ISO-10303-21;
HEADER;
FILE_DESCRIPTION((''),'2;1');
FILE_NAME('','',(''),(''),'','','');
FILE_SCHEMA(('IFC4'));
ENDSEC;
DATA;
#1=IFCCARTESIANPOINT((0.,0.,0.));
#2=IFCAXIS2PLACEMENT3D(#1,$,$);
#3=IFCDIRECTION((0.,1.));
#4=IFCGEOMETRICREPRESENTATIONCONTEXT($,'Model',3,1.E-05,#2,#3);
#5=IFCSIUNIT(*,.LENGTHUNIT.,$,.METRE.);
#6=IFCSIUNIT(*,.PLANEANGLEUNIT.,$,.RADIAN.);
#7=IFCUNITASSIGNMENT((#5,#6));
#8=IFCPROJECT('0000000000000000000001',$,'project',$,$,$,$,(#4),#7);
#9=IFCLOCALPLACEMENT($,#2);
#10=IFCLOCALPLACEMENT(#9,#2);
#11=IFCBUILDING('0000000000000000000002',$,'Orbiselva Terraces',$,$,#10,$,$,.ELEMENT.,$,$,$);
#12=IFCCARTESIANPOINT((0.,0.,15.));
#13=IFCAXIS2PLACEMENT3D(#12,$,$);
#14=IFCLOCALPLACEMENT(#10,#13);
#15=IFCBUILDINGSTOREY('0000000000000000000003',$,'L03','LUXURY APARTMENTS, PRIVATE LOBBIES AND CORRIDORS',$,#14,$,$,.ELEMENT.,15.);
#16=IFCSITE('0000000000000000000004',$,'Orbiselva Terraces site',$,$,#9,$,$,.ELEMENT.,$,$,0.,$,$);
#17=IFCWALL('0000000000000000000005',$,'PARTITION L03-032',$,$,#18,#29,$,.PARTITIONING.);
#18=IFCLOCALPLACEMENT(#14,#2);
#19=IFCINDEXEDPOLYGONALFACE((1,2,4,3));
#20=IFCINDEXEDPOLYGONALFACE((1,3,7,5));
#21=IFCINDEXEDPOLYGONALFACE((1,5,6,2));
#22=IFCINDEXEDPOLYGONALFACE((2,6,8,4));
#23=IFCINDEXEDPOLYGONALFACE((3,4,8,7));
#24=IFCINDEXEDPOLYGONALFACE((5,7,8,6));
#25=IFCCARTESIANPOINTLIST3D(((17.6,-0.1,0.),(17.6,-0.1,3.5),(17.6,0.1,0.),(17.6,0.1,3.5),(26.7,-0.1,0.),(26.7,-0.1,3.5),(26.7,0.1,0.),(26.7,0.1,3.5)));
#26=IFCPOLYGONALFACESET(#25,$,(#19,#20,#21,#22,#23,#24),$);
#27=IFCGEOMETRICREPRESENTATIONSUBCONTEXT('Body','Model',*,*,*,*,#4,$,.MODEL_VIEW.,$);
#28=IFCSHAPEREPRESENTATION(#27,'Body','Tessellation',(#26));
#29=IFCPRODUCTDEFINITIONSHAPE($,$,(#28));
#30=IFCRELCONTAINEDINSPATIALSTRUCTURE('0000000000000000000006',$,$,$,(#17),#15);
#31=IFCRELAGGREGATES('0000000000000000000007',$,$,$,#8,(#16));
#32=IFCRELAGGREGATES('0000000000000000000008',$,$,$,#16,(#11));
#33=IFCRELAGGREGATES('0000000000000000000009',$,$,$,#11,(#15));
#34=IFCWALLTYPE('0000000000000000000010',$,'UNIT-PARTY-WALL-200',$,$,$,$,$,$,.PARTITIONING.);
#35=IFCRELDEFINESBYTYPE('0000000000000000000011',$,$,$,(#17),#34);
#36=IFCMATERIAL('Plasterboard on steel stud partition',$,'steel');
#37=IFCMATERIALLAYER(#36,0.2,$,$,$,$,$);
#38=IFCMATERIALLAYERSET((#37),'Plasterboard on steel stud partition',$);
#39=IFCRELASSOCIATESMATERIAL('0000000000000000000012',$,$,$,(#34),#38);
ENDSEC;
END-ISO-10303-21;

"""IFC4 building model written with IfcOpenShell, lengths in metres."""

from ifc_helpers import new_model, si_unit, direction, frame, frame_2d, origin, place, context, subcontext, project, spatial, rectangle, extrude, material, layer, layer_set, type_object, element, save


model = new_model("IFC4")

# Units and contexts
model_context = context("Model", 3, precision=1e-05, world=origin(), true_north=direction((0.0, 1.0)))
body_context = subcontext(model_context, "Body", "Model", "MODEL_VIEW")
ifc_project = project(units=[si_unit("LENGTHUNIT", "METRE"), si_unit("PLANEANGLEUNIT", "RADIAN")], contexts=[model_context])

# Site, building, storey
site_placement = place(None, origin())
site = spatial("IfcSite", under=ifc_project, at=site_placement, Name="Orbiselva Terraces site", CompositionType="ELEMENT", RefElevation=0.0)
building_placement = place(site_placement, origin())
building = spatial("IfcBuilding", under=site, at=building_placement, Name="Orbiselva Terraces", CompositionType="ELEMENT")
storey_placement = place(building_placement, frame((0.0, 0.0, 15.0)))
storey = spatial("IfcBuildingStorey", under=building, at=storey_placement, Name="L03", Description="LUXURY APARTMENTS, PRIVATE LOBBIES AND CORRIDORS", CompositionType="ELEMENT", Elevation=15.0)

# Shared definitions
ifc_material_1 = material(Name="Plasterboard on steel stud partition", Category="steel")

# Wall
ifc_layer_1 = layer(ifc_material_1, 0.2)
ifc_layer_set_1 = layer_set([ifc_layer_1], Name="Plasterboard on steel stud partition")
wall_type_1 = type_object("IfcWallType", Name="UNIT-PARTY-WALL-200", PredefinedType="PARTITIONING", material=ifc_layer_set_1)
wall_1_placement = place(storey_placement, frame((17.6, 0.0, 0.0), z_axis=(0.0, 0.0, 1.0), x_axis=(1.0, 0.0, 0.0)))
element("IfcWall", 1, at=wall_1_placement, inside=storey, type_object=wall_type_1, Name="PARTITION L03-032", PredefinedType="PARTITIONING", context=body_context, shape_type="SweptSolid", body=[
    extrude(rectangle(XDim=9.1, YDim=0.2, at=frame_2d((4.55, 0.0))), origin(), (0.0, 0.0, 1.0), 3.5),
])

save(model, "model.ifc")
